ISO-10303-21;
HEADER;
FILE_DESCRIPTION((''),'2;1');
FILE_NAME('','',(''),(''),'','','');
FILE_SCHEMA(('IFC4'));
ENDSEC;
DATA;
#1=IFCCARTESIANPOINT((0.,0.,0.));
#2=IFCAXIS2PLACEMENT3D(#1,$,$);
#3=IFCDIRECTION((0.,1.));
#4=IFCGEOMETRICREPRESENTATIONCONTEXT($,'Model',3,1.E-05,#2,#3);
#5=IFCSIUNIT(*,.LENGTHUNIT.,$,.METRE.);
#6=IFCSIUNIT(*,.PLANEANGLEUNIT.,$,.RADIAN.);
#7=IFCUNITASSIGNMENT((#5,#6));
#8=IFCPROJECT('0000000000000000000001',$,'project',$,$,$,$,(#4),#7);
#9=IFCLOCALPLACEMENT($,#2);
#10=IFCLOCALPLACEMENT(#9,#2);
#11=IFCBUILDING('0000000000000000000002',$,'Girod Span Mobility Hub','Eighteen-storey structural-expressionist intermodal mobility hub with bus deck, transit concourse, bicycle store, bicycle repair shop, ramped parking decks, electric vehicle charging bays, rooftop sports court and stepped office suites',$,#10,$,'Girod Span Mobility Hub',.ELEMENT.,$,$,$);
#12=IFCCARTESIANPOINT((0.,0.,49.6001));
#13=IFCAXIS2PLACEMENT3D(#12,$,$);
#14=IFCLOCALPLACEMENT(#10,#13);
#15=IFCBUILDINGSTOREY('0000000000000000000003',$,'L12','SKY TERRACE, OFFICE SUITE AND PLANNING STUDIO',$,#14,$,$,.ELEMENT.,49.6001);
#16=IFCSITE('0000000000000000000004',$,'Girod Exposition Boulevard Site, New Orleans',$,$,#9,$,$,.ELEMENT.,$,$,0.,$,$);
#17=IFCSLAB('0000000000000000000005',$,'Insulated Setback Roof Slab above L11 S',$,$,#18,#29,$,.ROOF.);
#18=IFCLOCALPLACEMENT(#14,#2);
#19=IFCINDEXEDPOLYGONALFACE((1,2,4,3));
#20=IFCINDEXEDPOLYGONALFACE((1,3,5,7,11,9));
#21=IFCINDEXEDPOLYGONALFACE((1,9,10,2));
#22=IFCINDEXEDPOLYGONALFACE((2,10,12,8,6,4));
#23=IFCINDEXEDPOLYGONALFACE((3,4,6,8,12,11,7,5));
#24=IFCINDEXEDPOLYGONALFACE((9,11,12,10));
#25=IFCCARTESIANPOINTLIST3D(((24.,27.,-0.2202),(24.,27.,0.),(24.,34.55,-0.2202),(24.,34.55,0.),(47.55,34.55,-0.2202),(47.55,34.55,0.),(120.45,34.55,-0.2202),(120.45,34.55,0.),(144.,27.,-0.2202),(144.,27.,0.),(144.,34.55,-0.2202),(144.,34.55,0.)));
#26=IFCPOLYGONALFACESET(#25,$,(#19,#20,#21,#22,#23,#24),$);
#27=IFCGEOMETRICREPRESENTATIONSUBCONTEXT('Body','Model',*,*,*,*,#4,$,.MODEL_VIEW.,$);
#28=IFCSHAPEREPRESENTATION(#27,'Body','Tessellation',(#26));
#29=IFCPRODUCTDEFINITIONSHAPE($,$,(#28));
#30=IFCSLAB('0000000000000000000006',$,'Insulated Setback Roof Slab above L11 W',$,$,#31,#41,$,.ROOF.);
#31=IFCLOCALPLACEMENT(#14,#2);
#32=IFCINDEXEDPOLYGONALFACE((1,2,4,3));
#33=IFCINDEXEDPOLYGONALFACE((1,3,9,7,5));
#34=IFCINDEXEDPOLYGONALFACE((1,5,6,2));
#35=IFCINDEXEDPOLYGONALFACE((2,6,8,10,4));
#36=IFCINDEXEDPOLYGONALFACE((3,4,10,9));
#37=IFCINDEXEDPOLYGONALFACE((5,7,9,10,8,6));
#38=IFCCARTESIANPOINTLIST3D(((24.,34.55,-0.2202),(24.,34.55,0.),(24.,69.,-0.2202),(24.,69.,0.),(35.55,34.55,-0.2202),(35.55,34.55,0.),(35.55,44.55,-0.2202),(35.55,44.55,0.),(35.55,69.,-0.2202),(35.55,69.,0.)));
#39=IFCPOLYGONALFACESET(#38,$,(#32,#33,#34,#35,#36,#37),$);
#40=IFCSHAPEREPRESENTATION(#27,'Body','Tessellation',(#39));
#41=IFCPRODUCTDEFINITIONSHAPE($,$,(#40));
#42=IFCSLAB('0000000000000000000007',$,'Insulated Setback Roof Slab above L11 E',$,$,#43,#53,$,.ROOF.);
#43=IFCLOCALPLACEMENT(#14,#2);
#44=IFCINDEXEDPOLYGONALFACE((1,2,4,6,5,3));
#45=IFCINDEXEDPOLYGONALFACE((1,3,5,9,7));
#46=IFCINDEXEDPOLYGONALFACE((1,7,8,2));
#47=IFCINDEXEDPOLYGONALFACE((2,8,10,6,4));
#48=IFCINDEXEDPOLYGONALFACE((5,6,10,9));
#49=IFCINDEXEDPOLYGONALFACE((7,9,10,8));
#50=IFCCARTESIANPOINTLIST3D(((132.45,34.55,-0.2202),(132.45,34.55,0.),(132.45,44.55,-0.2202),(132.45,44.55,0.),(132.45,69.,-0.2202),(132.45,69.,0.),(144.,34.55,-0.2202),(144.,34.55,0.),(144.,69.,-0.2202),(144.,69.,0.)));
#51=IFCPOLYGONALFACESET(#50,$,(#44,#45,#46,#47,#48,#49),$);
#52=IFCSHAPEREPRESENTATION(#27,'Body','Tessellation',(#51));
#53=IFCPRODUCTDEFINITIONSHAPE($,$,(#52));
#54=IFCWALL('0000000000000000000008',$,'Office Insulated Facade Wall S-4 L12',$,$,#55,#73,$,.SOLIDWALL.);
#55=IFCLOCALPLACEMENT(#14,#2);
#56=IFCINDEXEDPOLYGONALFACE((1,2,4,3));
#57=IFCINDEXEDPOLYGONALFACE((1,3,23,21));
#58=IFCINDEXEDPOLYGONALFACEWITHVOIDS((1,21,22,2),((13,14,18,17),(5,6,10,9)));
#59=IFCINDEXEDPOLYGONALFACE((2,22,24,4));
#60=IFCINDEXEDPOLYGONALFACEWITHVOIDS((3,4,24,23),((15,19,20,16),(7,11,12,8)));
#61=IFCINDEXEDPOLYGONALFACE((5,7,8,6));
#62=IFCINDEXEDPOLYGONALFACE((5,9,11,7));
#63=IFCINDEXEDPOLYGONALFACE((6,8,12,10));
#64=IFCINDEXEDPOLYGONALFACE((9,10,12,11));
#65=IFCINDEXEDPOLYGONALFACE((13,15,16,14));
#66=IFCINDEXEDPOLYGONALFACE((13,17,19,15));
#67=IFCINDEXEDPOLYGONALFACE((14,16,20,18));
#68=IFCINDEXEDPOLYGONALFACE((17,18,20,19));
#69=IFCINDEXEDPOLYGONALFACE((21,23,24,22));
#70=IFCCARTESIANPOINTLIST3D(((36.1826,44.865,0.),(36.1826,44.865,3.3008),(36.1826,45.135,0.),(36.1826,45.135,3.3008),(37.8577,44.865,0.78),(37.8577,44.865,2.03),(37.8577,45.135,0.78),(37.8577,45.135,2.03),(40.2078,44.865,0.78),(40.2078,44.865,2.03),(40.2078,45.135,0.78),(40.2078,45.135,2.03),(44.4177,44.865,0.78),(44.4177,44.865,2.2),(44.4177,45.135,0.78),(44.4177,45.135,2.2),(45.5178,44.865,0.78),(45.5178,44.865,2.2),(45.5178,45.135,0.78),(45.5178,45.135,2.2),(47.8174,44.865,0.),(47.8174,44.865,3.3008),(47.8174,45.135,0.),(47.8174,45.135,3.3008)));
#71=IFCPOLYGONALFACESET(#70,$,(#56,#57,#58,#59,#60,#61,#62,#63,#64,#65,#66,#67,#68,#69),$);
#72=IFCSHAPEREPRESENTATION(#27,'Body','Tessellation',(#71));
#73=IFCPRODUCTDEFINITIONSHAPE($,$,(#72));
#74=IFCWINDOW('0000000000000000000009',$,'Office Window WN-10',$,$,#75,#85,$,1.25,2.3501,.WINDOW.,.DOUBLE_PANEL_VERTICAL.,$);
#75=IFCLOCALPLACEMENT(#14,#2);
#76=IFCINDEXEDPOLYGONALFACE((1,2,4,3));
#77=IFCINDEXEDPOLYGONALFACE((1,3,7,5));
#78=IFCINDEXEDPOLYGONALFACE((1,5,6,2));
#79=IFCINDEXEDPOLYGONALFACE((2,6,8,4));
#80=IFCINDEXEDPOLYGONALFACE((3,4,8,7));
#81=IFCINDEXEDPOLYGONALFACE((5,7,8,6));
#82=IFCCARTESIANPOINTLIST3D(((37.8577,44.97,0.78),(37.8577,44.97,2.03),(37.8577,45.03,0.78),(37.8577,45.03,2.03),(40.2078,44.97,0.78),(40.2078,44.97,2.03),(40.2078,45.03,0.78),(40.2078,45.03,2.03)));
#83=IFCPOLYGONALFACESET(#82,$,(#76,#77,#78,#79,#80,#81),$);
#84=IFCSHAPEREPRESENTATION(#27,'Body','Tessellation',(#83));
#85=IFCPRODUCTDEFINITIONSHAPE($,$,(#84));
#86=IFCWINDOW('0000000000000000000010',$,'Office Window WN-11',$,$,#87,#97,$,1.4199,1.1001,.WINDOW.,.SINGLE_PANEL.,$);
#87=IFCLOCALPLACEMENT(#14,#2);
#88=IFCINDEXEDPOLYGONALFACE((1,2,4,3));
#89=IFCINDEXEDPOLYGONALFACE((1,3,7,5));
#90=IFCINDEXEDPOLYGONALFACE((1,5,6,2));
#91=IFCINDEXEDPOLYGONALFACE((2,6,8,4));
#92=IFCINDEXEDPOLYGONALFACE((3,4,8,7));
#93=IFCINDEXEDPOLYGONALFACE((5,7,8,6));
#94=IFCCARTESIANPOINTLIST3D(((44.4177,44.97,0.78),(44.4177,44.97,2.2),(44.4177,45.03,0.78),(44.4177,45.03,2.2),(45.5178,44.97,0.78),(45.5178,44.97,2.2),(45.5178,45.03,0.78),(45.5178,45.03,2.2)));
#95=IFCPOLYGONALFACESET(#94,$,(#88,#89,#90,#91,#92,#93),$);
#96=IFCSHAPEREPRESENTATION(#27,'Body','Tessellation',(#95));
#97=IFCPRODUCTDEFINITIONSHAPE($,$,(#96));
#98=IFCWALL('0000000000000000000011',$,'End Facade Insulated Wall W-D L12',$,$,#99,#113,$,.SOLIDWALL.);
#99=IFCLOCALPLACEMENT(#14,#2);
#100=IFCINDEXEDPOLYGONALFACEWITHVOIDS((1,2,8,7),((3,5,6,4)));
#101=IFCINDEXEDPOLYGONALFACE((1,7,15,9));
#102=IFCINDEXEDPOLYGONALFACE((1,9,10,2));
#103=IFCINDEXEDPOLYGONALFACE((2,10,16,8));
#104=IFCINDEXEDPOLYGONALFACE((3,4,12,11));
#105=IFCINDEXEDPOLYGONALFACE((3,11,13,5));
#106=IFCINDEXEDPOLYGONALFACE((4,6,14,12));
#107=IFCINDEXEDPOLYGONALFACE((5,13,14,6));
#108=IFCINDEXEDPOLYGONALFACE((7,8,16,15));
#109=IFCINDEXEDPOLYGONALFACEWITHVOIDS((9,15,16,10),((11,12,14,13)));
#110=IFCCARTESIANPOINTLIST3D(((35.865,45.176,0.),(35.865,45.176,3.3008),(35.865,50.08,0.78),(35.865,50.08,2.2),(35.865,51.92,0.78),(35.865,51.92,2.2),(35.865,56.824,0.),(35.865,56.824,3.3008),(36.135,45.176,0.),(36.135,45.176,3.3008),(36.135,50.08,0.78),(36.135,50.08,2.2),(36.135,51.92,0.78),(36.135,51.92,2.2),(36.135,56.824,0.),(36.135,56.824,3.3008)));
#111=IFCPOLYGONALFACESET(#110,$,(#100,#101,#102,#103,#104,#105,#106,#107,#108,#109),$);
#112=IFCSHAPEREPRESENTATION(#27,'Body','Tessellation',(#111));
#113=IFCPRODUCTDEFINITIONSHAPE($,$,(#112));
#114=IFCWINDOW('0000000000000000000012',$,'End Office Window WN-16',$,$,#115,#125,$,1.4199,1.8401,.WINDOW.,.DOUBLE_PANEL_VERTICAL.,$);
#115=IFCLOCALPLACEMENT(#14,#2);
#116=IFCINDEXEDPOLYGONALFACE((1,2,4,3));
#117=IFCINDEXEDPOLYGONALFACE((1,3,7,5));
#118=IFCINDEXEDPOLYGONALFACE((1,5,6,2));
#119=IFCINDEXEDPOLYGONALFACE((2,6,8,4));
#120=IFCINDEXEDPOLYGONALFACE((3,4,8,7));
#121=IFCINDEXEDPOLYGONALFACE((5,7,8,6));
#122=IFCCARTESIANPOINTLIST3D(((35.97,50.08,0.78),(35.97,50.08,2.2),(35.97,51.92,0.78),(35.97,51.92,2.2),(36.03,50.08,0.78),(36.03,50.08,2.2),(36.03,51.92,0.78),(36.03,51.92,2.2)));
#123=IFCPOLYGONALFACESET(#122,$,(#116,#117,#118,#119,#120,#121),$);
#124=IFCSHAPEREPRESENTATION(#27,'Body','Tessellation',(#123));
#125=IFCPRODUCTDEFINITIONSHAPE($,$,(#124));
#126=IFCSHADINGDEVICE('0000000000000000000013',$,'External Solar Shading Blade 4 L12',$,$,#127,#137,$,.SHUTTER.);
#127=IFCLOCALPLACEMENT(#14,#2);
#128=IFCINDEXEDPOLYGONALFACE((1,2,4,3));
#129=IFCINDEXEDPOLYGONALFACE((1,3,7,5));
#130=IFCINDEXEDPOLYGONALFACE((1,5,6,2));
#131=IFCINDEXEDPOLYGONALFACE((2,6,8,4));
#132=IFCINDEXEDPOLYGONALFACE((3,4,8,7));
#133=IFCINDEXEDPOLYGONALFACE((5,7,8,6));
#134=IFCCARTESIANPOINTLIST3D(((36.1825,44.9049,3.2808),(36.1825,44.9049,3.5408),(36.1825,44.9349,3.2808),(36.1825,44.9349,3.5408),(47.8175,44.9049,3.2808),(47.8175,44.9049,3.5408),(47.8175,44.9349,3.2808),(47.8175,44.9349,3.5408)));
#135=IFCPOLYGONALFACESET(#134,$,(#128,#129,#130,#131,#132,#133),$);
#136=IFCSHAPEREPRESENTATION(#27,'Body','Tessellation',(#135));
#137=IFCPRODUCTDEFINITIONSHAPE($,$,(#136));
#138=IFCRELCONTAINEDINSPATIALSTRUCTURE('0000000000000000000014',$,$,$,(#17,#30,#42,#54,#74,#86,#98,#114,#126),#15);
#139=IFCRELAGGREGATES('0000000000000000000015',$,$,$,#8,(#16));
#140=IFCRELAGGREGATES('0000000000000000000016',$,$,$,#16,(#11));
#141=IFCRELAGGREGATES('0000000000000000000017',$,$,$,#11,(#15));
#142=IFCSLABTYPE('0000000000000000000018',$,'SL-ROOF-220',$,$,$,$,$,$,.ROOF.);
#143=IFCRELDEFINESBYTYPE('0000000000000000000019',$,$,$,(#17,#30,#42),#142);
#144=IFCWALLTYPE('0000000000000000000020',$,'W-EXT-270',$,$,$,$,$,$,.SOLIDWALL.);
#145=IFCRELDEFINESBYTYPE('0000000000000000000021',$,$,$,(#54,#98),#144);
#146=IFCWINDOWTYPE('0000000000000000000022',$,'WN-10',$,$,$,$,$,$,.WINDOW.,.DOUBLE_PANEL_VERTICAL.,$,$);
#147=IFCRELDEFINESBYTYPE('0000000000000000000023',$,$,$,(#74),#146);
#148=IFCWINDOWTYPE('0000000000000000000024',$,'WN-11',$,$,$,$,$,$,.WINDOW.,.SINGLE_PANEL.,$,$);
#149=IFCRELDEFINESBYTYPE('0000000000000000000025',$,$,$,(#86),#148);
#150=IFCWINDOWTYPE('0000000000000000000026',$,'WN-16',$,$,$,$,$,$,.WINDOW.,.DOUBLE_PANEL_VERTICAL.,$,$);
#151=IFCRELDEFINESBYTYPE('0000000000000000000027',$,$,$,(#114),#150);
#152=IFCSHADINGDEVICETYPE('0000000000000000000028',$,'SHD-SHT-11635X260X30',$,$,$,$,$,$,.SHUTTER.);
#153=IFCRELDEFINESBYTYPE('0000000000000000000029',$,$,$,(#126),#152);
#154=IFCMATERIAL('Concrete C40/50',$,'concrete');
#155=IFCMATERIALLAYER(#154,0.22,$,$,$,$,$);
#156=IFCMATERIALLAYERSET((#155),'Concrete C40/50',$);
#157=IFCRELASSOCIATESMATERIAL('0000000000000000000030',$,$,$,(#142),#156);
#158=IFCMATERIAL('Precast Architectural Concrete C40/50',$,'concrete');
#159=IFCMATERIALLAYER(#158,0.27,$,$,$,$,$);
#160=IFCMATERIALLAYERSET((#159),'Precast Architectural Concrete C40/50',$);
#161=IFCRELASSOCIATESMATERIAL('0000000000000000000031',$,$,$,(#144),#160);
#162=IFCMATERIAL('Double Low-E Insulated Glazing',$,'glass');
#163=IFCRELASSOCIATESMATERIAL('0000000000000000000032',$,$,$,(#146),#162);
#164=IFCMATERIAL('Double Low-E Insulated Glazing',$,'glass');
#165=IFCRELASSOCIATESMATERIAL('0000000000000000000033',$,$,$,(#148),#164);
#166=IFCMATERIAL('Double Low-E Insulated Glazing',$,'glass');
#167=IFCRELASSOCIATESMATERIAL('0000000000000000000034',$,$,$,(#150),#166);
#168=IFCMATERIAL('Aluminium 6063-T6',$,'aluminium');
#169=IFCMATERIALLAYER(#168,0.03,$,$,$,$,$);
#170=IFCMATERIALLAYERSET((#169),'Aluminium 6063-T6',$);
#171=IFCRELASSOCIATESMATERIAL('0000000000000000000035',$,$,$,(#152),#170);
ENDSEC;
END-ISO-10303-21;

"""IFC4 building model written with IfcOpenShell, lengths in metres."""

from ifc_helpers import new_model, si_unit, direction, frame, frame_2d, origin, origin_2d, place, context, subcontext, project, spatial, polyline, rectangle, outline, extrude, material, layer, layer_set, type_object, element, fill, save


model = new_model("IFC4")

# Units and contexts
model_context = context("Model", 3, precision=1e-05, world=origin(), true_north=direction((0.0, 1.0)))
body_context = subcontext(model_context, "Body", "Model", "MODEL_VIEW")
ifc_project = project(units=[si_unit("LENGTHUNIT", "METRE"), si_unit("PLANEANGLEUNIT", "RADIAN")], contexts=[model_context])

# Site, building, storey
site_placement = place(None, origin())
site = spatial("IfcSite", under=ifc_project, at=site_placement, Name="Girod Exposition Boulevard Site, New Orleans", CompositionType="ELEMENT", RefElevation=0.0)
building_placement = place(site_placement, origin())
building = spatial("IfcBuilding", under=site, at=building_placement, Name="Girod Span Mobility Hub", Description="Eighteen-storey structural-expressionist intermodal mobility hub with bus deck, transit concourse, bicycle store, bicycle repair shop, ramped parking decks, electric vehicle charging bays, rooftop sports court and stepped office suites", LongName="Girod Span Mobility Hub", CompositionType="ELEMENT")
storey_placement = place(building_placement, frame((0.0, 0.0, 49.6001)))
storey = spatial("IfcBuildingStorey", under=building, at=storey_placement, Name="L12", Description="SKY TERRACE, OFFICE SUITE AND PLANNING STUDIO", CompositionType="ELEMENT", Elevation=49.6001)

# Slabs
ifc_material_1 = material(Name="Concrete C40/50", Category="concrete")
ifc_layer_1 = layer(ifc_material_1, 0.22)
ifc_layer_set_1 = layer_set([ifc_layer_1], Name="Concrete C40/50")
slab_type_1 = type_object("IfcSlabType", Name="SL-ROOF-220", PredefinedType="ROOF", material=ifc_layer_set_1)
slab_1_placement = place(storey_placement, frame((0.0, 0.0, -0.2202)))
element("IfcSlab", 1, at=slab_1_placement, inside=storey, type_object=slab_type_1, Name="Insulated Setback Roof Slab above L11 S", PredefinedType="ROOF", context=body_context, shape_type="SweptSolid", body=[
    extrude(outline(polyline([(144.0, 27.0), (24.0, 27.0), (24.0, 34.55), (47.55, 34.55), (120.45, 34.55), (144.0, 34.55), (144.0, 27.0)])), origin(), (0.0, 0.0, 1.0), 0.2202),
])
slab_2_placement = place(storey_placement, frame((0.0, 0.0, -0.2202)))
element("IfcSlab", 2, at=slab_2_placement, inside=storey, type_object=slab_type_1, Name="Insulated Setback Roof Slab above L11 W", PredefinedType="ROOF", context=body_context, shape_type="SweptSolid", body=[
    extrude(outline(polyline([(24.0, 69.0), (35.55, 69.0), (35.55, 44.55), (35.55, 34.55), (24.0, 34.55), (24.0, 69.0)])), origin(), (0.0, 0.0, 1.0), 0.2202),
])
slab_3_placement = place(storey_placement, frame((0.0, 0.0, -0.2202)))
element("IfcSlab", 3, at=slab_3_placement, inside=storey, type_object=slab_type_1, Name="Insulated Setback Roof Slab above L11 E", PredefinedType="ROOF", context=body_context, shape_type="SweptSolid", body=[
    extrude(outline(polyline([(144.0, 34.55), (132.45, 34.55), (132.45, 44.55), (132.45, 69.0), (144.0, 69.0), (144.0, 34.55)])), origin(), (0.0, 0.0, 1.0), 0.2202),
])

# Wall, openings, windows
ifc_material_2 = material(Name="Precast Architectural Concrete C40/50", Category="concrete")
ifc_layer_2 = layer(ifc_material_2, 0.27)
ifc_layer_set_2 = layer_set([ifc_layer_2], Name="Precast Architectural Concrete C40/50")
wall_type = type_object("IfcWallType", Name="W-EXT-270", PredefinedType="SOLIDWALL", material=ifc_layer_set_2)
wall_1_placement = place(storey_placement, frame((36.1826, 45.0, 0.0), z_axis=(0.0, 0.0, 1.0), x_axis=(1.0, 0.0, 0.0)))
wall_1 = element("IfcWall", 4, at=wall_1_placement, inside=storey, type_object=wall_type, Name="Office Insulated Facade Wall S-4 L12", PredefinedType="SOLIDWALL", context=body_context, shape_type="SweptSolid", body=[
    extrude(rectangle(XDim=11.6348, YDim=0.27, at=frame_2d((5.8174, 0.0))), origin(), (0.0, 0.0, 1.0), 3.3008),
])
opening_1_placement = place(wall_1_placement, frame((1.675, 0.0, 0.78)))
opening_1 = element("IfcOpeningElement", 5, at=opening_1_placement, cuts=wall_1, PredefinedType="OPENING", context=body_context, shape_type="SweptSolid", body=[
    extrude(rectangle(XDim=2.3501, YDim=1.25, at=frame_2d((1.175, 0.625))), frame((0.0, 0.1499, 0.0), z_axis=(0.0, -1.0, 0.0), x_axis=(1.0, 0.0, 0.0)), (0.0, 0.0, 1.0), 0.3),
])
opening_2_placement = place(wall_1_placement, frame((8.2351, 0.0, 0.78)))
opening_2 = element("IfcOpeningElement", 6, at=opening_2_placement, cuts=wall_1, PredefinedType="OPENING", context=body_context, shape_type="SweptSolid", body=[
    extrude(rectangle(XDim=1.1001, YDim=1.4199, at=frame_2d((0.55, 0.71))), frame((0.0, 0.1499, 0.0), z_axis=(0.0, -1.0, 0.0), x_axis=(1.0, 0.0, 0.0)), (0.0, 0.0, 1.0), 0.3),
])
ifc_material_3 = material(Name="Double Low-E Insulated Glazing", Category="glass")
window_type_1 = type_object("IfcWindowType", Name="WN-10", PartitioningType="DOUBLE_PANEL_VERTICAL", PredefinedType="WINDOW", material=ifc_material_3)
window_1_placement = place(opening_1_placement, origin())
window_1 = element("IfcWindow", 7, at=window_1_placement, inside=storey, type_object=window_type_1, Name="Office Window WN-10", OverallHeight=1.25, OverallWidth=2.3501, PartitioningType="DOUBLE_PANEL_VERTICAL", PredefinedType="WINDOW", context=body_context, shape_type="SweptSolid", body=[
    extrude(rectangle(XDim=2.3501, YDim=1.25, at=frame_2d((1.175, 0.625))), frame((0.0, 0.03, 0.0), z_axis=(0.0, -1.0, 0.0), x_axis=(1.0, 0.0, 0.0)), (0.0, 0.0, 1.0), 0.0601),
])
fill(opening_1, window_1)
ifc_material_4 = material(Name="Double Low-E Insulated Glazing", Category="glass")
window_type_2 = type_object("IfcWindowType", Name="WN-11", PartitioningType="SINGLE_PANEL", PredefinedType="WINDOW", material=ifc_material_4)
window_2_placement = place(opening_2_placement, origin())
window_2 = element("IfcWindow", 8, at=window_2_placement, inside=storey, type_object=window_type_2, Name="Office Window WN-11", OverallHeight=1.4199, OverallWidth=1.1001, PartitioningType="SINGLE_PANEL", PredefinedType="WINDOW", context=body_context, shape_type="SweptSolid", body=[
    extrude(rectangle(XDim=1.1001, YDim=1.4199, at=frame_2d((0.55, 0.71))), frame((0.0, 0.03, 0.0), z_axis=(0.0, -1.0, 0.0), x_axis=(1.0, 0.0, 0.0)), (0.0, 0.0, 1.0), 0.0601),
])
fill(opening_2, window_2)

# Wall, opening, window
wall_2_placement = place(storey_placement, frame((36.0, 45.176, 0.0), z_axis=(0.0, 0.0, 1.0), x_axis=(0.0, 1.0, 0.0)))
wall_2 = element("IfcWall", 9, at=wall_2_placement, inside=storey, type_object=wall_type, Name="End Facade Insulated Wall W-D L12", PredefinedType="SOLIDWALL", context=body_context, shape_type="SweptSolid", body=[
    extrude(rectangle(XDim=11.6479, YDim=0.27, at=frame_2d((5.824, 0.0))), origin(), (0.0, 0.0, 1.0), 3.3008),
])
opening_3_placement = place(wall_2_placement, frame((4.9041, 0.0, 0.78)))
opening_3 = element("IfcOpeningElement", 10, at=opening_3_placement, cuts=wall_2, PredefinedType="OPENING", context=body_context, shape_type="SweptSolid", body=[
    extrude(rectangle(XDim=1.8401, YDim=1.4199, at=frame_2d((0.9199, 0.71))), frame((0.0, 0.1499, 0.0), z_axis=(0.0, -1.0, 0.0), x_axis=(1.0, 0.0, 0.0)), (0.0, 0.0, 1.0), 0.3),
])
ifc_material_5 = material(Name="Double Low-E Insulated Glazing", Category="glass")
window_type_3 = type_object("IfcWindowType", Name="WN-16", PartitioningType="DOUBLE_PANEL_VERTICAL", PredefinedType="WINDOW", material=ifc_material_5)
window_3_placement = place(opening_3_placement, origin())
window_3 = element("IfcWindow", 11, at=window_3_placement, inside=storey, type_object=window_type_3, Name="End Office Window WN-16", OverallHeight=1.4199, OverallWidth=1.8401, PartitioningType="DOUBLE_PANEL_VERTICAL", PredefinedType="WINDOW", context=body_context, shape_type="SweptSolid", body=[
    extrude(rectangle(XDim=1.8401, YDim=1.4199, at=frame_2d((0.9199, 0.71))), frame((0.0, 0.03, 0.0), z_axis=(0.0, -1.0, 0.0), x_axis=(1.0, 0.0, 0.0)), (0.0, 0.0, 1.0), 0.0601),
])
fill(opening_3, window_3)

# Shading device
ifc_material_6 = material(Name="Aluminium 6063-T6", Category="aluminium")
ifc_layer_3 = layer(ifc_material_6, 0.03)
ifc_layer_set_3 = layer_set([ifc_layer_3], Name="Aluminium 6063-T6")
shading_device_type = type_object("IfcShadingDeviceType", Name="SHD-SHT-11635X260X30", PredefinedType="SHUTTER", material=ifc_layer_set_3)
shading_device_placement = place(storey_placement, frame((42.0, 44.9199, 3.2808), z_axis=(0.0, 0.0, 1.0), x_axis=(1.0, 0.0, 0.0)))
element("IfcShadingDevice", 12, at=shading_device_placement, inside=storey, type_object=shading_device_type, Name="External Solar Shading Blade 4 L12", PredefinedType="SHUTTER", context=body_context, shape_type="SweptSolid", body=[
    extrude(rectangle(XDim=11.635, YDim=0.03, at=origin_2d()), origin(), (0.0, 0.0, 1.0), 0.26),
])

save(model, "model.ifc")
